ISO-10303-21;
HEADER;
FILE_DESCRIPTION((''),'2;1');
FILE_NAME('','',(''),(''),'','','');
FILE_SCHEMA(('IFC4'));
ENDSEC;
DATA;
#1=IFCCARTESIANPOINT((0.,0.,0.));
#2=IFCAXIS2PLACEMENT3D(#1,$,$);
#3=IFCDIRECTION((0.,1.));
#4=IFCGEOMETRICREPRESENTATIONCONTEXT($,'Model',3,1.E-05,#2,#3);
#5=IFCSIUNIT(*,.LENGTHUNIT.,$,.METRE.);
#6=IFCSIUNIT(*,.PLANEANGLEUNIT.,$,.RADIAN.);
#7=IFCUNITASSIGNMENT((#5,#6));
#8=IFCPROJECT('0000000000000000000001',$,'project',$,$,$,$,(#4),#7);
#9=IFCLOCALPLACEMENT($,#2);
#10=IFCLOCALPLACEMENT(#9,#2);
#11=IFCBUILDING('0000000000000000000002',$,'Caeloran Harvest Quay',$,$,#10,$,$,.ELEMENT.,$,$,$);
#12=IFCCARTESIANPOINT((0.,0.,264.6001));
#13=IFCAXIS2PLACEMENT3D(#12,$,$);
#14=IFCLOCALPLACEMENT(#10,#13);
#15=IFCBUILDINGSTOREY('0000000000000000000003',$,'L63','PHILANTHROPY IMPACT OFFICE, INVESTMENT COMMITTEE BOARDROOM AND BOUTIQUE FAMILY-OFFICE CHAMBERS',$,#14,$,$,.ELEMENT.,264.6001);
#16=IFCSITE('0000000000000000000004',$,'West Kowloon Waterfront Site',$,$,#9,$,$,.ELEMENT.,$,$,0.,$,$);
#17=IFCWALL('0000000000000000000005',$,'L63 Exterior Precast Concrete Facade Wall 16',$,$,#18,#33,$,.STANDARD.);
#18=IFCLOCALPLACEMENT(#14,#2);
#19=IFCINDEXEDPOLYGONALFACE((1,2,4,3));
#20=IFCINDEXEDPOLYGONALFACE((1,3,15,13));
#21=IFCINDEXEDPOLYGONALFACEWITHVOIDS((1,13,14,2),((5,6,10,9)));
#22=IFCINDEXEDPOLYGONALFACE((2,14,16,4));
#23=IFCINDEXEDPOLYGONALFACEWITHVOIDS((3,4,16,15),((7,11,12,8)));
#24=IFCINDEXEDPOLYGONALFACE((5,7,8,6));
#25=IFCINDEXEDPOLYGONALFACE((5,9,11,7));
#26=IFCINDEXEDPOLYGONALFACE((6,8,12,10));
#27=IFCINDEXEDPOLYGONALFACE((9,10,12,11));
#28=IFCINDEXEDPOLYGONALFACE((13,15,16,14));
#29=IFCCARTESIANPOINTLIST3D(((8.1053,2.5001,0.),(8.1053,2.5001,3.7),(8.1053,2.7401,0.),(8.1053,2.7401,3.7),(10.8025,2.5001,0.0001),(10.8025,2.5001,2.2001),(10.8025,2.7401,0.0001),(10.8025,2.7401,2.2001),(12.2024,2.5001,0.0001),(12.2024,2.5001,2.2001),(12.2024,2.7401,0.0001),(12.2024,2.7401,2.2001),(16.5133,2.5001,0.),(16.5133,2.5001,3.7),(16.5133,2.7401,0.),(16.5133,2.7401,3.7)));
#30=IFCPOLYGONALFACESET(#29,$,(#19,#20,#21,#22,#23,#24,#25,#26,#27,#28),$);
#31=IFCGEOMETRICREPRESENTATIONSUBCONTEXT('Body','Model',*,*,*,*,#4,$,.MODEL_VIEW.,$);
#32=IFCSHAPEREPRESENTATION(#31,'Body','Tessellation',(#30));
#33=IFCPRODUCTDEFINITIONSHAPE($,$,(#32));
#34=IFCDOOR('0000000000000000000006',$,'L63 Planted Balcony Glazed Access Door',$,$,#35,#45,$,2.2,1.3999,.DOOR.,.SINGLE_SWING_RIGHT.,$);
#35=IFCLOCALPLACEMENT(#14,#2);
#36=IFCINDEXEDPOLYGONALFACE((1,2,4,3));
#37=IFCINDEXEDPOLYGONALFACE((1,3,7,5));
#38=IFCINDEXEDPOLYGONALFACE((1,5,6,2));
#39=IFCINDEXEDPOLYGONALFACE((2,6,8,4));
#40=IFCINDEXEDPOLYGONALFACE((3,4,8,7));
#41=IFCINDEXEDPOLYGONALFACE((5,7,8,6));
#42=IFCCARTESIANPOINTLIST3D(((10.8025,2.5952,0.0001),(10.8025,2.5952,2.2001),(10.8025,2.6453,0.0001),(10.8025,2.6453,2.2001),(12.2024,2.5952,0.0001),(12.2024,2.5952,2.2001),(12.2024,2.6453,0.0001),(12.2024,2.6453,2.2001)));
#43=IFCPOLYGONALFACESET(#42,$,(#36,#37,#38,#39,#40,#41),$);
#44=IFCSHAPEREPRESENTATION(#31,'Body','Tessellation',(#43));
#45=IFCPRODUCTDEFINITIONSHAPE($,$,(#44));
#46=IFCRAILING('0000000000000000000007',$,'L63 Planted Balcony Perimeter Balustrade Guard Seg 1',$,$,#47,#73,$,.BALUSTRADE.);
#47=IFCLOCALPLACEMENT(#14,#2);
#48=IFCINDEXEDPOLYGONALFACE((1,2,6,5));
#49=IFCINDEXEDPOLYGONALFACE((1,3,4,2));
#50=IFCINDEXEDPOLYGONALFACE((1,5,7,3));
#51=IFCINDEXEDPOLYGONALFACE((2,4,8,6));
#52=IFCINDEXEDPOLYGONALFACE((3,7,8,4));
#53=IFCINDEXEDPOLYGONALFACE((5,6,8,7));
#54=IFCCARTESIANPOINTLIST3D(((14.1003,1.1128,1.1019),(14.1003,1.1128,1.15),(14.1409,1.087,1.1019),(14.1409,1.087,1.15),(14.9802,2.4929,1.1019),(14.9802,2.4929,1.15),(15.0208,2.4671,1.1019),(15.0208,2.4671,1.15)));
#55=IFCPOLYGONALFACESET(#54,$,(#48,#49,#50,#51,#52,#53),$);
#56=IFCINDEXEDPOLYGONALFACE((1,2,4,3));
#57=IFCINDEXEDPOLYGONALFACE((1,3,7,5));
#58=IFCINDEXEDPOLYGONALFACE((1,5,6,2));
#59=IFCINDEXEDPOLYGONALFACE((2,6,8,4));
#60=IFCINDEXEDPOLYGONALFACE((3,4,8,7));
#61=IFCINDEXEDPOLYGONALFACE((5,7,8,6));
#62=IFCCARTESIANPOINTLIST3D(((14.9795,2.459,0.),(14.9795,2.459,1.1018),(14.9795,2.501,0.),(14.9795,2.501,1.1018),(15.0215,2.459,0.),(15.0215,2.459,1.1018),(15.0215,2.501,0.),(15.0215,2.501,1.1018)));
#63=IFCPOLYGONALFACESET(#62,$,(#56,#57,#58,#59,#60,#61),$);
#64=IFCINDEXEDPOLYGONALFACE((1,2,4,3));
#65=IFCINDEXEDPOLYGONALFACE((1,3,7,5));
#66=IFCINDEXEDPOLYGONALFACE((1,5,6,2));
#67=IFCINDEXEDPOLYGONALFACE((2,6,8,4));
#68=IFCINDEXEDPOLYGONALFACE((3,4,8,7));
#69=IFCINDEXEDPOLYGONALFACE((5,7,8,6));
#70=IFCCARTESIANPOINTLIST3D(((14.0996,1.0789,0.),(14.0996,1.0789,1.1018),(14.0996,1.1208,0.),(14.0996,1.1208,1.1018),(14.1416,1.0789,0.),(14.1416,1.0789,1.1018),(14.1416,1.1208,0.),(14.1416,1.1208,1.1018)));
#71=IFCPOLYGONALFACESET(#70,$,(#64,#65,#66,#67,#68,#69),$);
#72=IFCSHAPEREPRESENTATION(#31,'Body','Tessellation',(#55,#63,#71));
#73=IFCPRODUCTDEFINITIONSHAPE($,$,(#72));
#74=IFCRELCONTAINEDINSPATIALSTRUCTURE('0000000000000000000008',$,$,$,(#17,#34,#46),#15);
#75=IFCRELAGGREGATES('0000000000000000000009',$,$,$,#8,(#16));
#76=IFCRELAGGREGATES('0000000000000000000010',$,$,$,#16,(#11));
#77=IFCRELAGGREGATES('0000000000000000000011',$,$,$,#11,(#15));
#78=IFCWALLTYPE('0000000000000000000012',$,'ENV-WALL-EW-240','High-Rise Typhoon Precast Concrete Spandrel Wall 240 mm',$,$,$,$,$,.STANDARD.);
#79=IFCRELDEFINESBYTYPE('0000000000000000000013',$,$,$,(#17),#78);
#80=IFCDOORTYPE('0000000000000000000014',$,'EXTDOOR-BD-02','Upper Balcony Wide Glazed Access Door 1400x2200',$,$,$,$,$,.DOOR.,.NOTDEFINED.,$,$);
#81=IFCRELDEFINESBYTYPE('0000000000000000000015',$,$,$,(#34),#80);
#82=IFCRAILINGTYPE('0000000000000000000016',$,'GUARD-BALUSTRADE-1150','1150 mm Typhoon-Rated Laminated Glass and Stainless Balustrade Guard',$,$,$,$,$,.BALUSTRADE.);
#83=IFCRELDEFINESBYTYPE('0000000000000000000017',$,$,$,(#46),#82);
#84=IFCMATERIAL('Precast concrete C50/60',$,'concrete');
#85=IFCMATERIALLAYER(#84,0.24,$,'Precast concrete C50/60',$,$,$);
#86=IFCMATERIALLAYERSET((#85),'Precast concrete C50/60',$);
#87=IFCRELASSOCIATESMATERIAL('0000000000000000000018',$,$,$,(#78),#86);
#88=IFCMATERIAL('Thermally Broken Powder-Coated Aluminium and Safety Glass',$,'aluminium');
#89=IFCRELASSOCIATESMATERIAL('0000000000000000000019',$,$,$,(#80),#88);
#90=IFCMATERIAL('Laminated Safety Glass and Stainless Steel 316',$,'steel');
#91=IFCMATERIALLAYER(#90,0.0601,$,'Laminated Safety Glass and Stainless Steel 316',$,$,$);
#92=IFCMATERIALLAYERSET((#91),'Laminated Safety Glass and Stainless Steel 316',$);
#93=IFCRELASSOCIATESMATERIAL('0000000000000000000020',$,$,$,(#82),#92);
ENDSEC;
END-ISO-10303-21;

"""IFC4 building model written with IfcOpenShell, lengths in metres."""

from ifc_helpers import new_model, si_unit, direction, frame, frame_2d, origin, origin_2d, place, context, subcontext, project, spatial, rectangle, extrude, material, layer, layer_set, type_object, element, fill, save


model = new_model("IFC4")

# Units and contexts
model_context = context("Model", 3, precision=1e-05, world=origin(), true_north=direction((0.0, 1.0)))
body_context = subcontext(model_context, "Body", "Model", "MODEL_VIEW")
ifc_project = project(units=[si_unit("LENGTHUNIT", "METRE"), si_unit("PLANEANGLEUNIT", "RADIAN")], contexts=[model_context])

# Site, building, storey
site_placement = place(None, origin())
site = spatial("IfcSite", under=ifc_project, at=site_placement, Name="West Kowloon Waterfront Site", CompositionType="ELEMENT", RefElevation=0.0)
building_placement = place(site_placement, origin())
building = spatial("IfcBuilding", under=site, at=building_placement, Name="Caeloran Harvest Quay", CompositionType="ELEMENT")
storey_placement = place(building_placement, frame((0.0, 0.0, 264.6001)))
storey = spatial("IfcBuildingStorey", under=building, at=storey_placement, Name="L63", Description="PHILANTHROPY IMPACT OFFICE, INVESTMENT COMMITTEE BOARDROOM AND BOUTIQUE FAMILY-OFFICE CHAMBERS", CompositionType="ELEMENT", Elevation=264.6001)

# Shared definitions
ifc_material_1 = material(Name="Precast concrete C50/60", Category="concrete")
ifc_layer_1 = layer(ifc_material_1, 0.24, Name="Precast concrete C50/60")
ifc_layer_set_1 = layer_set([ifc_layer_1], Name="Precast concrete C50/60")
wall_type = type_object("IfcWallType", Name="ENV-WALL-EW-240", Description="High-Rise Typhoon Precast Concrete Spandrel Wall 240 mm", PredefinedType="STANDARD", material=ifc_layer_set_1)

# Wall, opening, door
wall_1_placement = place(storey_placement, frame((16.5134, 2.6201, 0.0), z_axis=(0.0, 0.0, 1.0), x_axis=(-1.0, 0.0, 0.0)))
wall_1 = element("IfcWall", 1, at=wall_1_placement, inside=storey, type_object=wall_type, Name="L63 Exterior Precast Concrete Facade Wall 16", PredefinedType="STANDARD", context=body_context, shape_type="SweptSolid", body=[
    extrude(rectangle(XDim=8.408, YDim=0.24, at=frame_2d((4.2041, 0.0))), origin(), (0.0, 0.0, 1.0), 3.7),
])
opening_1_placement = place(wall_1_placement, frame((4.311, 0.0, 0.0)))
opening_1 = element("IfcOpeningElement", 2, at=opening_1_placement, cuts=wall_1, PredefinedType="OPENING", context=body_context, shape_type="SweptSolid", body=[
    extrude(rectangle(XDim=1.3999, YDim=2.2, at=frame_2d((0.7, 1.1001))), frame((0.0, 0.1299, 0.0), z_axis=(0.0, -1.0, 0.0), x_axis=(1.0, 0.0, 0.0)), (0.0, 0.0, 1.0), 0.26),
])
ifc_material_2 = material(Name="Thermally Broken Powder-Coated Aluminium and Safety Glass", Category="aluminium")
door_type = type_object("IfcDoorType", Name="EXTDOOR-BD-02", Description="Upper Balcony Wide Glazed Access Door 1400x2200", OperationType="NOTDEFINED", PredefinedType="DOOR", material=ifc_material_2)
door_placement = place(opening_1_placement, origin())
door = element("IfcDoor", 3, at=door_placement, inside=storey, type_object=door_type, Name="L63 Planted Balcony Glazed Access Door", OperationType="SINGLE_SWING_RIGHT", OverallHeight=2.2, OverallWidth=1.3999, PredefinedType="DOOR", context=body_context, shape_type="SweptSolid", body=[
    extrude(rectangle(XDim=1.3999, YDim=2.2, at=frame_2d((0.7, 1.1001))), frame((0.0, 0.0249, 0.0), z_axis=(0.0, -1.0, 0.0), x_axis=(1.0, 0.0, 0.0)), (0.0, 0.0, 1.0), 0.05),
])
fill(opening_1, door)

# Railing
ifc_material_3 = material(Name="Laminated Safety Glass and Stainless Steel 316", Category="steel")
ifc_layer_2 = layer(ifc_material_3, 0.0601, Name="Laminated Safety Glass and Stainless Steel 316")
ifc_layer_set_2 = layer_set([ifc_layer_2], Name="Laminated Safety Glass and Stainless Steel 316")
railing_type = type_object("IfcRailingType", Name="GUARD-BALUSTRADE-1150", Description="1150 mm Typhoon-Rated Laminated Glass and Stainless Balustrade Guard", PredefinedType="BALUSTRADE", material=ifc_layer_set_2)
railing_placement = place(storey_placement, frame((15.0005, 2.48, 0.0)))
element("IfcRailing", 4, at=railing_placement, inside=storey, type_object=railing_type, Name="L63 Planted Balcony Perimeter Balustrade Guard Seg 1", PredefinedType="BALUSTRADE", context=body_context, shape_type="SweptSolid", body=[
    extrude(rectangle(XDim=0.0481, YDim=0.0481, at=origin_2d()), frame((0.0, 0.0, 1.126), z_axis=(-0.53758, -0.843213, 0.0), x_axis=(0.843213, -0.53758, 0.0)), (0.0, 0.0, 1.0), 1.6367),
    extrude(rectangle(XDim=0.042, YDim=0.042, at=origin_2d()), origin(), (0.0, 0.0, 1.0), 1.1018),
    extrude(rectangle(XDim=0.042, YDim=0.042, at=origin_2d()), frame((-0.8799, -1.3801, 0.0)), (0.0, 0.0, 1.0), 1.1018),
])

save(model, "model.ifc")
